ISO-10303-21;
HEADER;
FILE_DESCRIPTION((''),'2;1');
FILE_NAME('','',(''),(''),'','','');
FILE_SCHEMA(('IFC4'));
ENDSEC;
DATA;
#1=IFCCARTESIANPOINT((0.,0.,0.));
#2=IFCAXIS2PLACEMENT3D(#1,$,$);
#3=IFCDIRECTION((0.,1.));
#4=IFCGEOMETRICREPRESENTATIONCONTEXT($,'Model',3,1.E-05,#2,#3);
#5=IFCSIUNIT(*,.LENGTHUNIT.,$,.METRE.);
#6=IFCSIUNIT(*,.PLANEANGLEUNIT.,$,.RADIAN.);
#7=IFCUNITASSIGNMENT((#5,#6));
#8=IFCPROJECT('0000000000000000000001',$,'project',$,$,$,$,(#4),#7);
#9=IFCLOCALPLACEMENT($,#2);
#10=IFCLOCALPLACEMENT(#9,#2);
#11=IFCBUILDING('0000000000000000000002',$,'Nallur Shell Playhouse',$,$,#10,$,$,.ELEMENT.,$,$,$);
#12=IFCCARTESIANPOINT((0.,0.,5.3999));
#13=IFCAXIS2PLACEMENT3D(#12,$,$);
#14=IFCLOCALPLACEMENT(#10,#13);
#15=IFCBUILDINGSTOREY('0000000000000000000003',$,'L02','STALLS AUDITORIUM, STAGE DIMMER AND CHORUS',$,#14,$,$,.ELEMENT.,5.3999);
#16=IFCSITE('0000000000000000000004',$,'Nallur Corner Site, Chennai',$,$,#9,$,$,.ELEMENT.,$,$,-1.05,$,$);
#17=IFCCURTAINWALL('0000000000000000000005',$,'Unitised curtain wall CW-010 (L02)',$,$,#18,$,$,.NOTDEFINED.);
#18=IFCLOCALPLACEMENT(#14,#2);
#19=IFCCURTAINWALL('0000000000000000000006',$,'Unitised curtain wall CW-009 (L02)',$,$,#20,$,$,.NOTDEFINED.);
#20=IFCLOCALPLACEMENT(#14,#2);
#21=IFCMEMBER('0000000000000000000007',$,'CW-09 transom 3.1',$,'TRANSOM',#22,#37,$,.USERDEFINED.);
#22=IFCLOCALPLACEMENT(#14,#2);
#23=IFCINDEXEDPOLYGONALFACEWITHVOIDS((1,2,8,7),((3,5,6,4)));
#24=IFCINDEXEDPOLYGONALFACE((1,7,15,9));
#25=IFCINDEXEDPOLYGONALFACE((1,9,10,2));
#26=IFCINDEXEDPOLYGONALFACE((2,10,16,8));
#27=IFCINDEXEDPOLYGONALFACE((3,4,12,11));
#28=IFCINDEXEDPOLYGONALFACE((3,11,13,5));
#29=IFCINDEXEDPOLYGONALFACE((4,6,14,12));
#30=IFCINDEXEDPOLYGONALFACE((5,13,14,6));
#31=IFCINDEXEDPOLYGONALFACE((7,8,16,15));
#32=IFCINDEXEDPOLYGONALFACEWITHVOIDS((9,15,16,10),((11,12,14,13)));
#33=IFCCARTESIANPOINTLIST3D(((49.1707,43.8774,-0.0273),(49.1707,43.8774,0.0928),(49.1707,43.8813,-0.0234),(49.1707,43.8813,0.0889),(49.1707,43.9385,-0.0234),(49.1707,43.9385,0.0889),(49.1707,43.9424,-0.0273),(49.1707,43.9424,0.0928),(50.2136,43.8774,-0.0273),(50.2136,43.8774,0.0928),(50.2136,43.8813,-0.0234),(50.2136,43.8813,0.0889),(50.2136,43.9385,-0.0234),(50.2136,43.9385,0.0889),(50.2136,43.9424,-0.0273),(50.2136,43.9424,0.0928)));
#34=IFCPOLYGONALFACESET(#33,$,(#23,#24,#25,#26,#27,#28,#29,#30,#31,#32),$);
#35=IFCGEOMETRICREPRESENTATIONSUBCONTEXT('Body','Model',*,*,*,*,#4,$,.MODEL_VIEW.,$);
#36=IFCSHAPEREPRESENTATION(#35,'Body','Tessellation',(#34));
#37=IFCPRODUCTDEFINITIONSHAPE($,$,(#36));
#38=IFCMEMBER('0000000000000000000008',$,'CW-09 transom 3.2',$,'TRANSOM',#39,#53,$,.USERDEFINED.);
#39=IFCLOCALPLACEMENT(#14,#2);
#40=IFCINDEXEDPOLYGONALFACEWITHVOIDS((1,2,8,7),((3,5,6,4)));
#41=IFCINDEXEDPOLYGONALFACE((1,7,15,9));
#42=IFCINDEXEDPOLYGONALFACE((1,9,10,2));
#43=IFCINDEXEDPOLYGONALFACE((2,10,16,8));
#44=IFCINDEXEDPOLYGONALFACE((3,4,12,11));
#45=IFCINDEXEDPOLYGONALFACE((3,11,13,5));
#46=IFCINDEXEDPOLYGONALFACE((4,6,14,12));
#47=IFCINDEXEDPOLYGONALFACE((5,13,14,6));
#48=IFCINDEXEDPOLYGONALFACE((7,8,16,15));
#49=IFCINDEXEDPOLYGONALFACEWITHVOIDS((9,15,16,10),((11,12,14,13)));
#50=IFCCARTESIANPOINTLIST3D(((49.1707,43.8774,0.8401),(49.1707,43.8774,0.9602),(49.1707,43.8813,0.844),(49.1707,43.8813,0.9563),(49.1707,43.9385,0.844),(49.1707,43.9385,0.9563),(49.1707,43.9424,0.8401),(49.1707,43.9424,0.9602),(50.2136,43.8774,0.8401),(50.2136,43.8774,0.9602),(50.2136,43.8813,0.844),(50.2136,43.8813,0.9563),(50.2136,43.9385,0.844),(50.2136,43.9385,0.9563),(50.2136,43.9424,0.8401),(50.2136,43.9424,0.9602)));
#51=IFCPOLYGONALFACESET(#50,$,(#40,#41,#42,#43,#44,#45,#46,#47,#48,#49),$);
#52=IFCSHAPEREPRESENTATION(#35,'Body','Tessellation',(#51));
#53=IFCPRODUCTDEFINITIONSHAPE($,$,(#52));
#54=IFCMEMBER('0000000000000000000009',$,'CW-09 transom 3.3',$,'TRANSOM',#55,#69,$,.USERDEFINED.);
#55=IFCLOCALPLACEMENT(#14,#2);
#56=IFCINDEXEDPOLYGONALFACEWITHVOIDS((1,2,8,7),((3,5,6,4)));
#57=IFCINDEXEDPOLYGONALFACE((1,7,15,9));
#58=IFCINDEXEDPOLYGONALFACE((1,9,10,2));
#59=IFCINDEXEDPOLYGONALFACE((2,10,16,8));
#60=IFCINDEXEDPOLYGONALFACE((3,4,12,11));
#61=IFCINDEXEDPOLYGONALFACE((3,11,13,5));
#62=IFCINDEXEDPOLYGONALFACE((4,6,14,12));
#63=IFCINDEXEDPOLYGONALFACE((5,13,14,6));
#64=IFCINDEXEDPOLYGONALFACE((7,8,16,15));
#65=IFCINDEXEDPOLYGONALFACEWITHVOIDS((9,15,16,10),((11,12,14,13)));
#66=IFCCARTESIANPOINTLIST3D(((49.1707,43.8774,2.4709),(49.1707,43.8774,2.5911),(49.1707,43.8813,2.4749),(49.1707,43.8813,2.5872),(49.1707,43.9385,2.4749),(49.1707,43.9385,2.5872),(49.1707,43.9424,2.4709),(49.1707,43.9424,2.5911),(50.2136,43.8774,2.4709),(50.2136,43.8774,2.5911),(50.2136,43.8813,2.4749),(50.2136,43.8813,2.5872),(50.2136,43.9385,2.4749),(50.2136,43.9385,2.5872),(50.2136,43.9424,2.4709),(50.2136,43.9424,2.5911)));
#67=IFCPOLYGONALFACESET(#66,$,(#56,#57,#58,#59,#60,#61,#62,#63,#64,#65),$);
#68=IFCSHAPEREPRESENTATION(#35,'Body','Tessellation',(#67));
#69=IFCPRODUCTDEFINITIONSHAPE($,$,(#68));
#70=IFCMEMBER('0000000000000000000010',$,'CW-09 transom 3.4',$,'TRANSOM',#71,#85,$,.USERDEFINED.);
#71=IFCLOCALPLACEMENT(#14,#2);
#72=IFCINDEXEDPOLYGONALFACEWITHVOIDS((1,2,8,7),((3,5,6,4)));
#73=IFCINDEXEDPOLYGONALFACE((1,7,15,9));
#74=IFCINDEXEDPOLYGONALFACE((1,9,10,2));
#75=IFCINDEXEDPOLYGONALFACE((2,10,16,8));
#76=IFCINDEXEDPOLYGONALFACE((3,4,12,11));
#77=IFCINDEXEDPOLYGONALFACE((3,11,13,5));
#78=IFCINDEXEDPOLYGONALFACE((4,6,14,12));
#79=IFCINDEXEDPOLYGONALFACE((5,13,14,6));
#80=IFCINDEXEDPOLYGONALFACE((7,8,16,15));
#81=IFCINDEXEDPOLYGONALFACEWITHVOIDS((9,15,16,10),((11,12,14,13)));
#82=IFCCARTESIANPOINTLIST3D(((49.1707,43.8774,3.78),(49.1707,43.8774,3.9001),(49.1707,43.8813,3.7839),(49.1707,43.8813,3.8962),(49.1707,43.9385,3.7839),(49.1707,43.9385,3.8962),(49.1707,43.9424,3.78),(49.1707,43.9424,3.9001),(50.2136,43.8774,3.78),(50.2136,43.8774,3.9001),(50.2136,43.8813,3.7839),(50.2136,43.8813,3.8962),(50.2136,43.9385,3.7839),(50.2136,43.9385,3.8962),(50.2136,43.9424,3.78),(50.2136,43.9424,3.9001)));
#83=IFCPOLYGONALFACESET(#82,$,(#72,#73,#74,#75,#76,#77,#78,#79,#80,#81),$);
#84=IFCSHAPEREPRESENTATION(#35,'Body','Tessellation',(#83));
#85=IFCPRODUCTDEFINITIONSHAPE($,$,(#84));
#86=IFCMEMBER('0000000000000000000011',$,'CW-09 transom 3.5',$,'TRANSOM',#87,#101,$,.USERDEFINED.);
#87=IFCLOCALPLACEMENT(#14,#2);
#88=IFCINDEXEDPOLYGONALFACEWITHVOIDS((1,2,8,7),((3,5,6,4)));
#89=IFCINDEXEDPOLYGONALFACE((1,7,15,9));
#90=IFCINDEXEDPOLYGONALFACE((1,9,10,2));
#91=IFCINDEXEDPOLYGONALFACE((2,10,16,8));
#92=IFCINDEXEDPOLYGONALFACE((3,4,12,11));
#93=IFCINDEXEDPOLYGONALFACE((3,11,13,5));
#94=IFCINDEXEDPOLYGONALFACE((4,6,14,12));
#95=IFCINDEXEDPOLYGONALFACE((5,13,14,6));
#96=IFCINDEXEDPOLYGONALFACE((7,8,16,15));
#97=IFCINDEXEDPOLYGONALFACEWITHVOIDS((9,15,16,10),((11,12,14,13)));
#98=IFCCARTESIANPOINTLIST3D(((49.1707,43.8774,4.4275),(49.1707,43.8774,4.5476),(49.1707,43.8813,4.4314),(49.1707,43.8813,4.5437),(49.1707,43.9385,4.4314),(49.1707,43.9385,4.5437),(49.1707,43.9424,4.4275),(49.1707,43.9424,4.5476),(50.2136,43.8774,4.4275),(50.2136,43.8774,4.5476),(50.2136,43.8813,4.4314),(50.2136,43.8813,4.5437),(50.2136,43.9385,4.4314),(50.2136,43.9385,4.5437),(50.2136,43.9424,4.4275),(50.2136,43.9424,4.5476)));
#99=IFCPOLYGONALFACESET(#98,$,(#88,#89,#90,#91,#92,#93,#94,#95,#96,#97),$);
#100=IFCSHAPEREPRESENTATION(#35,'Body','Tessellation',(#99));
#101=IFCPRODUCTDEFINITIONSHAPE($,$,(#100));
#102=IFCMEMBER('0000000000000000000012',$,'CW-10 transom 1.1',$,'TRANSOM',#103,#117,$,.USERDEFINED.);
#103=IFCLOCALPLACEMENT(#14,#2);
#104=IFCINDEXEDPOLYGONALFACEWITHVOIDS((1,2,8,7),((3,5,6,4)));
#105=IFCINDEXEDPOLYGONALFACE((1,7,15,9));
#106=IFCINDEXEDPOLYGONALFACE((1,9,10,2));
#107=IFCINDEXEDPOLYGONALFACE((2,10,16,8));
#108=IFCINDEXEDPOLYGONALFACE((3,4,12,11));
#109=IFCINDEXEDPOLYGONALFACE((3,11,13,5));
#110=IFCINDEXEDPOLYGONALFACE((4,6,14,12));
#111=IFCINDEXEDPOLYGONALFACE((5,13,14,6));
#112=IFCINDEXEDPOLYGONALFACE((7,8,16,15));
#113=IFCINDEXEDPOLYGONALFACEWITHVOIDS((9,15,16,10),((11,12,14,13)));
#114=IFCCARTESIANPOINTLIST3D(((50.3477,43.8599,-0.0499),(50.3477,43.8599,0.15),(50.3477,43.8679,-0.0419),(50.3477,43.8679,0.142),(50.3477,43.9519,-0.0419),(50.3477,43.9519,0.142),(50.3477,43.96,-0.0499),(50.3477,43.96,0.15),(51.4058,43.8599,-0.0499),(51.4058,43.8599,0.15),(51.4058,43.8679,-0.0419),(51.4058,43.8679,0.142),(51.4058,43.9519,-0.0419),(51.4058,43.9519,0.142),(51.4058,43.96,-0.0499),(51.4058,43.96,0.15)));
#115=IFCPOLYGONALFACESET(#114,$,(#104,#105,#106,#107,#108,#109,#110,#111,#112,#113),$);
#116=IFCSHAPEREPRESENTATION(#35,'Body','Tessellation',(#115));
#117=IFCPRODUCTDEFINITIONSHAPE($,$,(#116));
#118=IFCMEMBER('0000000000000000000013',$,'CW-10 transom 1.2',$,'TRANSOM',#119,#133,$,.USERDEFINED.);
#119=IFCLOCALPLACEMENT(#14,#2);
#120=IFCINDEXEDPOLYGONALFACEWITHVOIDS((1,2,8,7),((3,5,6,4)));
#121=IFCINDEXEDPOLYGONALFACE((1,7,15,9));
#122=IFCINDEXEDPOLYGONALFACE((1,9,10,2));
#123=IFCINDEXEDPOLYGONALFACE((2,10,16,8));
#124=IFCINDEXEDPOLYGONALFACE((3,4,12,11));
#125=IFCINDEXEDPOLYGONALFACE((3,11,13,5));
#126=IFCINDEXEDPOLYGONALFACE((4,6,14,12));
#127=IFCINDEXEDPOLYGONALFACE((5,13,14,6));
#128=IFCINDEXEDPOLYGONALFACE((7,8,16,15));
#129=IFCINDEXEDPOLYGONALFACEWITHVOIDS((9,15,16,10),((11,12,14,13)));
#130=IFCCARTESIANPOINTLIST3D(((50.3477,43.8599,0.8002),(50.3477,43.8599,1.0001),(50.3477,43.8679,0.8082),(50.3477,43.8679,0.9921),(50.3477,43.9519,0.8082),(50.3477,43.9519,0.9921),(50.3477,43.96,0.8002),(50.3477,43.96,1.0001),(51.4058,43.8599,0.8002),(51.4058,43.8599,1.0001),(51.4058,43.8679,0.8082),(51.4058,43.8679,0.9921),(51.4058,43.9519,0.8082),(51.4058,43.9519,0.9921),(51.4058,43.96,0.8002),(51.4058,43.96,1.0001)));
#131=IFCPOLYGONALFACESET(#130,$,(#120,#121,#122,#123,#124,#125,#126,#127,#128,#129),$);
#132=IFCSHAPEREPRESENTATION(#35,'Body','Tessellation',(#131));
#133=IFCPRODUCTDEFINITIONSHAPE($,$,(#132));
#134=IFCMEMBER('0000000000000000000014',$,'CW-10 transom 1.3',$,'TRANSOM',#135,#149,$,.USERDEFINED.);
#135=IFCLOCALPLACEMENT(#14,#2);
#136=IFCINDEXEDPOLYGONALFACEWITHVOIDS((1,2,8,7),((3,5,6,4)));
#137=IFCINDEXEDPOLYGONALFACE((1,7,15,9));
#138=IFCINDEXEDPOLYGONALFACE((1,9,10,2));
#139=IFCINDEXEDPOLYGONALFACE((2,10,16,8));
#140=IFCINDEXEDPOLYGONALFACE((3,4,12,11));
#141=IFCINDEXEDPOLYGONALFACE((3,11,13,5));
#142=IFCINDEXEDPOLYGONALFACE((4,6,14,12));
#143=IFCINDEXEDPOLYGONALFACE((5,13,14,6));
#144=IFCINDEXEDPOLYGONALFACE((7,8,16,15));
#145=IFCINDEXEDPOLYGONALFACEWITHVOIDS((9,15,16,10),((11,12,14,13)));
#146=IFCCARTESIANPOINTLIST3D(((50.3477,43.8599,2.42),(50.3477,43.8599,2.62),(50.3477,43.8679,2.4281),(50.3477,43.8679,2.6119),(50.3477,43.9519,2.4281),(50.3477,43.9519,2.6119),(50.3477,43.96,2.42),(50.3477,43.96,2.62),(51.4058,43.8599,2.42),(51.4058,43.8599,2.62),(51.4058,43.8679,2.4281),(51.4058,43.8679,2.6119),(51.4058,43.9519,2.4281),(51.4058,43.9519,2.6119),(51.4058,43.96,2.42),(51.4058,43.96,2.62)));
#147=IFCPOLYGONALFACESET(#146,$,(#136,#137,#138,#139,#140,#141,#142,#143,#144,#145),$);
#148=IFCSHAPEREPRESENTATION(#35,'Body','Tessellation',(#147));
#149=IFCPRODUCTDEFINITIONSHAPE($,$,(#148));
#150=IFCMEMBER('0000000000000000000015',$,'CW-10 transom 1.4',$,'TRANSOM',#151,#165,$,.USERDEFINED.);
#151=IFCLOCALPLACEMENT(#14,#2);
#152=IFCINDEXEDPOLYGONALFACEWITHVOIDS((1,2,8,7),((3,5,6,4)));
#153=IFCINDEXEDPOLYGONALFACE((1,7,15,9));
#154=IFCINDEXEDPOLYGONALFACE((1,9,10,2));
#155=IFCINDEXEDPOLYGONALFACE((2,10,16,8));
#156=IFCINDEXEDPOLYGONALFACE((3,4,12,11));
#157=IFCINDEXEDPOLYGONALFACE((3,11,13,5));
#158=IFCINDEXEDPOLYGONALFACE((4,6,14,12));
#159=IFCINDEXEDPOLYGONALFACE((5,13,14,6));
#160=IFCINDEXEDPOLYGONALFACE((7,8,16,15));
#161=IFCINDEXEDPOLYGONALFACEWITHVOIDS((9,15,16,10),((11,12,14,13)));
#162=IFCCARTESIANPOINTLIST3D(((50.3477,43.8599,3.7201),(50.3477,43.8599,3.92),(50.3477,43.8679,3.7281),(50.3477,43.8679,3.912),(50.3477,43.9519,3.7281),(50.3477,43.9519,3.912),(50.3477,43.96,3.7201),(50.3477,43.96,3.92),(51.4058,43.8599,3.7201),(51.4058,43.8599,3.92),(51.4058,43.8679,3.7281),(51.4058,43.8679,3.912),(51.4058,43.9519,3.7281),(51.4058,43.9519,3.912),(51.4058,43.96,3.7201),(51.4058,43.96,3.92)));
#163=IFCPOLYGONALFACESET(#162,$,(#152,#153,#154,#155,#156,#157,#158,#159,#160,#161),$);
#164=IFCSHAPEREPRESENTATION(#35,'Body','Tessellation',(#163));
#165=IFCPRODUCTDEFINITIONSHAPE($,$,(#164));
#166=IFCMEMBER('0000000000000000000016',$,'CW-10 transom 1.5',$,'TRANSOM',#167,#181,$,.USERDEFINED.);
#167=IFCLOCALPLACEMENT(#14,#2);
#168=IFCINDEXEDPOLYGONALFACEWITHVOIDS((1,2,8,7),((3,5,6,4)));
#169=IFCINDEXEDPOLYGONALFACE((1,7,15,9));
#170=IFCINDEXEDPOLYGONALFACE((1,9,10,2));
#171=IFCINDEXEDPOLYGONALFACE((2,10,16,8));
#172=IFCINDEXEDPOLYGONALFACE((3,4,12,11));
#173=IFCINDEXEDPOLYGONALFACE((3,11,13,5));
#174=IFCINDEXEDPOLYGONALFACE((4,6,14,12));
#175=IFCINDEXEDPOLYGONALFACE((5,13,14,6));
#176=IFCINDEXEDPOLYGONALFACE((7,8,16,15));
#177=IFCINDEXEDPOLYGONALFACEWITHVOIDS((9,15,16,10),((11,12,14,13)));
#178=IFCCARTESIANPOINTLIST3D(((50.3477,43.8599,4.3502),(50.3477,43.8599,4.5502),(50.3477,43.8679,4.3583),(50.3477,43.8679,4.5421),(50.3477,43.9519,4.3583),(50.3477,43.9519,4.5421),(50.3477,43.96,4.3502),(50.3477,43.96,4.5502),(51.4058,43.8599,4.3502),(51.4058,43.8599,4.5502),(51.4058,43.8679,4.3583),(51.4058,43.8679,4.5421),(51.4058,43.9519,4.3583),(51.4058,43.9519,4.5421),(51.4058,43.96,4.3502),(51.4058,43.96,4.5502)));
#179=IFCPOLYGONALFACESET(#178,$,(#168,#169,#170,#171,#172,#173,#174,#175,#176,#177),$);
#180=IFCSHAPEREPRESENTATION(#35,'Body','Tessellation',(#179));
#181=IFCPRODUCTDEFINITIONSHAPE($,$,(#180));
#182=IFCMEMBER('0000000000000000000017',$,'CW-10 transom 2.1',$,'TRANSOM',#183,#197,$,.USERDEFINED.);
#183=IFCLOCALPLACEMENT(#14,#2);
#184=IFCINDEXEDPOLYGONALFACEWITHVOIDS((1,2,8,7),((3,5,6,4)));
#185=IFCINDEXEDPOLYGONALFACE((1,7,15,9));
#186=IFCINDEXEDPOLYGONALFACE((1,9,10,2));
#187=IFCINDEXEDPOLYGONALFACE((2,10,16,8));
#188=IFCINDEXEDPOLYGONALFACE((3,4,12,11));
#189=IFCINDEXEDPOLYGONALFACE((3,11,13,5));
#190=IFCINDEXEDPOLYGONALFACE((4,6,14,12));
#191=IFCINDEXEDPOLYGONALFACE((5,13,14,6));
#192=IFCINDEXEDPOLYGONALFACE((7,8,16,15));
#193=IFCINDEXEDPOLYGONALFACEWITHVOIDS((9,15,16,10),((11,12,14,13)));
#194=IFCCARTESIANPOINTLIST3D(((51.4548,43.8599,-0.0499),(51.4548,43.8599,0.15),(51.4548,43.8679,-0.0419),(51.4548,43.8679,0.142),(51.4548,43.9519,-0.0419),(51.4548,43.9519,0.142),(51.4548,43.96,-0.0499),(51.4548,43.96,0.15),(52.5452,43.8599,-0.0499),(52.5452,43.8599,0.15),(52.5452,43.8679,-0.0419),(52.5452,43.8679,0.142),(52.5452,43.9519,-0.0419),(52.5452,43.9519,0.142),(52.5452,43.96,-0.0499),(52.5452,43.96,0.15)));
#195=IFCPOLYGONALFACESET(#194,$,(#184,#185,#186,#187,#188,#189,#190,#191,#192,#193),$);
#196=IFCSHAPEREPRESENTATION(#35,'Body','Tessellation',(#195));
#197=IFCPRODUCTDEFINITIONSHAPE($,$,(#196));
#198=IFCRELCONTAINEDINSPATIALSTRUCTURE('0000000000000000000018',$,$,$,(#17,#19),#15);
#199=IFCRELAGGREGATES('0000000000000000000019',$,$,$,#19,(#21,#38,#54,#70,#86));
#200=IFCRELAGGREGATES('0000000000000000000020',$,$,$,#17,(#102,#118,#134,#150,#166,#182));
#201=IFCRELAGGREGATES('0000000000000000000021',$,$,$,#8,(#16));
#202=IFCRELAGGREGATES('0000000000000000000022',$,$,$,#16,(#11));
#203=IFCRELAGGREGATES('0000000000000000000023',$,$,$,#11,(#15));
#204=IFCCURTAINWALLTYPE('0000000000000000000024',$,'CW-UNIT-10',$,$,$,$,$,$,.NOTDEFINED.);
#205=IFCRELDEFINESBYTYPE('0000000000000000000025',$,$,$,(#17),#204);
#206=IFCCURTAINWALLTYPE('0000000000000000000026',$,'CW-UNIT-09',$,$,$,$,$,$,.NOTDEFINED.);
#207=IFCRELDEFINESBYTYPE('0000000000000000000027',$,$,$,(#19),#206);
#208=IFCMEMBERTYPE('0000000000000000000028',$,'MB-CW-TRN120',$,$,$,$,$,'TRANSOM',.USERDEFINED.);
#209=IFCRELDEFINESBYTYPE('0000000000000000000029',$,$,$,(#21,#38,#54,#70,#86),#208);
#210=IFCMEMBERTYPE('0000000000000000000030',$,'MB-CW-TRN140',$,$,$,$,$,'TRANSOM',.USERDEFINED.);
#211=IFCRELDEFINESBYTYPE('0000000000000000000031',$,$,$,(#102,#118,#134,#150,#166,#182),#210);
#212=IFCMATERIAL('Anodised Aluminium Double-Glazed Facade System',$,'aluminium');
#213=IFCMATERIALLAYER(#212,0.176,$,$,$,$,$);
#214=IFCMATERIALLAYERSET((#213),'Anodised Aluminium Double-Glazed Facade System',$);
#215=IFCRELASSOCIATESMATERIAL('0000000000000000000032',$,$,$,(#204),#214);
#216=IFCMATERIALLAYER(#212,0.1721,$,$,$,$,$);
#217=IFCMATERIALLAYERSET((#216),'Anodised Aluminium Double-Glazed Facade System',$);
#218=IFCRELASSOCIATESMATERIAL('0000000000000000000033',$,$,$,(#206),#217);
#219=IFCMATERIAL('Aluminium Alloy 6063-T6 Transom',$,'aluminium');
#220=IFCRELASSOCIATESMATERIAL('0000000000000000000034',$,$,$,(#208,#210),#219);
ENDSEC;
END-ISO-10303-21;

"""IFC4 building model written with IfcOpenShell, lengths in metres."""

from ifc_helpers import new_model, si_unit, direction, frame, origin, origin_2d, place, context, subcontext, project, spatial, hollow_rectangle, extrude, material, layer, layer_set, material_profile, profile_set, type_object, element, aggregate, save


model = new_model("IFC4")

# Units and contexts
model_context = context("Model", 3, precision=1e-05, world=origin(), true_north=direction((0.0, 1.0)))
body_context = subcontext(model_context, "Body", "Model", "MODEL_VIEW")
ifc_project = project(units=[si_unit("LENGTHUNIT", "METRE"), si_unit("PLANEANGLEUNIT", "RADIAN")], contexts=[model_context])

# Site, building, storey
site_placement = place(None, origin())
site = spatial("IfcSite", under=ifc_project, at=site_placement, Name="Nallur Corner Site, Chennai", CompositionType="ELEMENT", RefElevation=-1.05)
building_placement = place(site_placement, origin())
building = spatial("IfcBuilding", under=site, at=building_placement, Name="Nallur Shell Playhouse", CompositionType="ELEMENT")
storey_placement = place(building_placement, frame((0.0, 0.0, 5.3999)))
storey = spatial("IfcBuildingStorey", under=building, at=storey_placement, Name="L02", Description="STALLS AUDITORIUM, STAGE DIMMER AND CHORUS", CompositionType="ELEMENT", Elevation=5.3999)

# Curtain walls, members
ifc_material_1 = material(Name="Anodised Aluminium Double-Glazed Facade System", Category="aluminium")
ifc_layer_1 = layer(ifc_material_1, 0.176)
ifc_layer_set_1 = layer_set([ifc_layer_1], Name="Anodised Aluminium Double-Glazed Facade System")
curtain_wall_type_1 = type_object("IfcCurtainWallType", Name="CW-UNIT-10", PredefinedType="NOTDEFINED", material=ifc_layer_set_1)
curtain_wall_1_placement = place(storey_placement, origin())
curtain_wall_1 = element("IfcCurtainWall", 1, at=curtain_wall_1_placement, inside=storey, type_object=curtain_wall_type_1, Name="Unitised curtain wall CW-010 (L02)", PredefinedType="NOTDEFINED")
ifc_layer_2 = layer(ifc_material_1, 0.1721)
ifc_layer_set_2 = layer_set([ifc_layer_2], Name="Anodised Aluminium Double-Glazed Facade System")
curtain_wall_type_2 = type_object("IfcCurtainWallType", Name="CW-UNIT-09", PredefinedType="NOTDEFINED", material=ifc_layer_set_2)
curtain_wall_2_placement = place(storey_placement, origin())
curtain_wall_2 = element("IfcCurtainWall", 2, at=curtain_wall_2_placement, inside=storey, type_object=curtain_wall_type_2, Name="Unitised curtain wall CW-009 (L02)", PredefinedType="NOTDEFINED")
ifc_material_2 = material(Name="Aluminium Alloy 6063-T6 Transom", Category="aluminium")
ifc_material_profile_1 = material_profile(ifc_material_2, hollow_rectangle(XDim=0.0649, YDim=0.1201, WallThickness=0.0039, at=origin_2d()), Name="ALU 65x120x4")
ifc_profile_set_1 = profile_set([ifc_material_profile_1], Name="Aluminium Alloy 6063-T6 Transom")
member_type_1 = type_object("IfcMemberType", Name="MB-CW-TRN120", ElementType="TRANSOM", PredefinedType="USERDEFINED", material=ifc_profile_set_1)
member_1_placement = place(storey_placement, frame((49.1707, 43.9099, 0.0327), z_axis=(1.0, 0.0, 0.0), x_axis=(0.0, 1.0, 0.0)))
member_1 = element("IfcMember", 3, at=member_1_placement, type_object=member_type_1, Name="CW-09 transom 3.1", ObjectType="TRANSOM", PredefinedType="USERDEFINED", context=body_context, shape_type="SweptSolid", body=[
    extrude(hollow_rectangle(XDim=0.0649, YDim=0.1201, WallThickness=0.0039, at=origin_2d()), origin(), (0.0, 0.0, 1.0), 1.043),
])
member_2_placement = place(storey_placement, frame((49.1707, 43.9099, 0.9001), z_axis=(1.0, 0.0, 0.0), x_axis=(0.0, 1.0, 0.0)))
member_2 = element("IfcMember", 4, at=member_2_placement, type_object=member_type_1, Name="CW-09 transom 3.2", ObjectType="TRANSOM", PredefinedType="USERDEFINED", context=body_context, shape_type="SweptSolid", body=[
    extrude(hollow_rectangle(XDim=0.0649, YDim=0.1201, WallThickness=0.0039, at=origin_2d()), origin(), (0.0, 0.0, 1.0), 1.043),
])
member_3_placement = place(storey_placement, frame((49.1707, 43.9099, 2.531), z_axis=(1.0, 0.0, 0.0), x_axis=(0.0, 1.0, 0.0)))
member_3 = element("IfcMember", 5, at=member_3_placement, type_object=member_type_1, Name="CW-09 transom 3.3", ObjectType="TRANSOM", PredefinedType="USERDEFINED", context=body_context, shape_type="SweptSolid", body=[
    extrude(hollow_rectangle(XDim=0.0649, YDim=0.1201, WallThickness=0.0039, at=origin_2d()), origin(), (0.0, 0.0, 1.0), 1.043),
])
member_4_placement = place(storey_placement, frame((49.1707, 43.9099, 3.8401), z_axis=(1.0, 0.0, 0.0), x_axis=(0.0, 1.0, 0.0)))
member_4 = element("IfcMember", 6, at=member_4_placement, type_object=member_type_1, Name="CW-09 transom 3.4", ObjectType="TRANSOM", PredefinedType="USERDEFINED", context=body_context, shape_type="SweptSolid", body=[
    extrude(hollow_rectangle(XDim=0.0649, YDim=0.1201, WallThickness=0.0039, at=origin_2d()), origin(), (0.0, 0.0, 1.0), 1.043),
])
member_5_placement = place(storey_placement, frame((49.1707, 43.9099, 4.4875), z_axis=(1.0, 0.0, 0.0), x_axis=(0.0, 1.0, 0.0)))
member_5 = element("IfcMember", 7, at=member_5_placement, type_object=member_type_1, Name="CW-09 transom 3.5", ObjectType="TRANSOM", PredefinedType="USERDEFINED", context=body_context, shape_type="SweptSolid", body=[
    extrude(hollow_rectangle(XDim=0.0649, YDim=0.1201, WallThickness=0.0039, at=origin_2d()), origin(), (0.0, 0.0, 1.0), 1.043),
])

# Members
ifc_material_profile_2 = material_profile(ifc_material_2, hollow_rectangle(XDim=0.1001, YDim=0.2, WallThickness=0.0081, at=origin_2d()), Name="RHS 200x100x8")
ifc_profile_set_2 = profile_set([ifc_material_profile_2], Name="Aluminium Alloy 6063-T6 Transom")
member_type_2 = type_object("IfcMemberType", Name="MB-CW-TRN140", ElementType="TRANSOM", PredefinedType="USERDEFINED", material=ifc_profile_set_2)
member_6_placement = place(storey_placement, frame((50.3477, 43.9099, 0.05), z_axis=(1.0, 0.0, 0.0), x_axis=(0.0, 1.0, 0.0)))
member_6 = element("IfcMember", 8, at=member_6_placement, type_object=member_type_2, Name="CW-10 transom 1.1", ObjectType="TRANSOM", PredefinedType="USERDEFINED", context=body_context, shape_type="SweptSolid", body=[
    extrude(hollow_rectangle(XDim=0.1001, YDim=0.2, WallThickness=0.0081, at=origin_2d()), origin(), (0.0, 0.0, 1.0), 1.0581),
])
member_7_placement = place(storey_placement, frame((50.3477, 43.9099, 0.9001), z_axis=(1.0, 0.0, 0.0), x_axis=(0.0, 1.0, 0.0)))
member_7 = element("IfcMember", 9, at=member_7_placement, type_object=member_type_2, Name="CW-10 transom 1.2", ObjectType="TRANSOM", PredefinedType="USERDEFINED", context=body_context, shape_type="SweptSolid", body=[
    extrude(hollow_rectangle(XDim=0.1001, YDim=0.2, WallThickness=0.0081, at=origin_2d()), origin(), (0.0, 0.0, 1.0), 1.0581),
])
member_8_placement = place(storey_placement, frame((50.3477, 43.9099, 2.52), z_axis=(1.0, 0.0, 0.0), x_axis=(0.0, 1.0, 0.0)))
member_8 = element("IfcMember", 10, at=member_8_placement, type_object=member_type_2, Name="CW-10 transom 1.3", ObjectType="TRANSOM", PredefinedType="USERDEFINED", context=body_context, shape_type="SweptSolid", body=[
    extrude(hollow_rectangle(XDim=0.1001, YDim=0.2, WallThickness=0.0081, at=origin_2d()), origin(), (0.0, 0.0, 1.0), 1.0581),
])
member_9_placement = place(storey_placement, frame((50.3477, 43.9099, 3.8201), z_axis=(1.0, 0.0, 0.0), x_axis=(0.0, 1.0, 0.0)))
member_9 = element("IfcMember", 11, at=member_9_placement, type_object=member_type_2, Name="CW-10 transom 1.4", ObjectType="TRANSOM", PredefinedType="USERDEFINED", context=body_context, shape_type="SweptSolid", body=[
    extrude(hollow_rectangle(XDim=0.1001, YDim=0.2, WallThickness=0.0081, at=origin_2d()), origin(), (0.0, 0.0, 1.0), 1.0581),
])
member_10_placement = place(storey_placement, frame((50.3477, 43.9099, 4.4502), z_axis=(1.0, 0.0, 0.0), x_axis=(0.0, 1.0, 0.0)))
member_10 = element("IfcMember", 12, at=member_10_placement, type_object=member_type_2, Name="CW-10 transom 1.5", ObjectType="TRANSOM", PredefinedType="USERDEFINED", context=body_context, shape_type="SweptSolid", body=[
    extrude(hollow_rectangle(XDim=0.1001, YDim=0.2, WallThickness=0.0081, at=origin_2d()), origin(), (0.0, 0.0, 1.0), 1.0581),
])
member_11_placement = place(storey_placement, frame((51.4548, 43.9099, 0.05), z_axis=(1.0, 0.0, 0.0), x_axis=(0.0, 1.0, 0.0)))
member_11 = element("IfcMember", 13, at=member_11_placement, type_object=member_type_2, Name="CW-10 transom 2.1", ObjectType="TRANSOM", PredefinedType="USERDEFINED", context=body_context, shape_type="SweptSolid", body=[
    extrude(hollow_rectangle(XDim=0.1001, YDim=0.2, WallThickness=0.0081, at=origin_2d()), origin(), (0.0, 0.0, 1.0), 1.0903),
])

aggregate(curtain_wall_2, [member_1, member_2, member_3, member_4, member_5])
aggregate(curtain_wall_1, [member_6, member_7, member_8, member_9, member_10, member_11])

save(model, "model.ifc")
